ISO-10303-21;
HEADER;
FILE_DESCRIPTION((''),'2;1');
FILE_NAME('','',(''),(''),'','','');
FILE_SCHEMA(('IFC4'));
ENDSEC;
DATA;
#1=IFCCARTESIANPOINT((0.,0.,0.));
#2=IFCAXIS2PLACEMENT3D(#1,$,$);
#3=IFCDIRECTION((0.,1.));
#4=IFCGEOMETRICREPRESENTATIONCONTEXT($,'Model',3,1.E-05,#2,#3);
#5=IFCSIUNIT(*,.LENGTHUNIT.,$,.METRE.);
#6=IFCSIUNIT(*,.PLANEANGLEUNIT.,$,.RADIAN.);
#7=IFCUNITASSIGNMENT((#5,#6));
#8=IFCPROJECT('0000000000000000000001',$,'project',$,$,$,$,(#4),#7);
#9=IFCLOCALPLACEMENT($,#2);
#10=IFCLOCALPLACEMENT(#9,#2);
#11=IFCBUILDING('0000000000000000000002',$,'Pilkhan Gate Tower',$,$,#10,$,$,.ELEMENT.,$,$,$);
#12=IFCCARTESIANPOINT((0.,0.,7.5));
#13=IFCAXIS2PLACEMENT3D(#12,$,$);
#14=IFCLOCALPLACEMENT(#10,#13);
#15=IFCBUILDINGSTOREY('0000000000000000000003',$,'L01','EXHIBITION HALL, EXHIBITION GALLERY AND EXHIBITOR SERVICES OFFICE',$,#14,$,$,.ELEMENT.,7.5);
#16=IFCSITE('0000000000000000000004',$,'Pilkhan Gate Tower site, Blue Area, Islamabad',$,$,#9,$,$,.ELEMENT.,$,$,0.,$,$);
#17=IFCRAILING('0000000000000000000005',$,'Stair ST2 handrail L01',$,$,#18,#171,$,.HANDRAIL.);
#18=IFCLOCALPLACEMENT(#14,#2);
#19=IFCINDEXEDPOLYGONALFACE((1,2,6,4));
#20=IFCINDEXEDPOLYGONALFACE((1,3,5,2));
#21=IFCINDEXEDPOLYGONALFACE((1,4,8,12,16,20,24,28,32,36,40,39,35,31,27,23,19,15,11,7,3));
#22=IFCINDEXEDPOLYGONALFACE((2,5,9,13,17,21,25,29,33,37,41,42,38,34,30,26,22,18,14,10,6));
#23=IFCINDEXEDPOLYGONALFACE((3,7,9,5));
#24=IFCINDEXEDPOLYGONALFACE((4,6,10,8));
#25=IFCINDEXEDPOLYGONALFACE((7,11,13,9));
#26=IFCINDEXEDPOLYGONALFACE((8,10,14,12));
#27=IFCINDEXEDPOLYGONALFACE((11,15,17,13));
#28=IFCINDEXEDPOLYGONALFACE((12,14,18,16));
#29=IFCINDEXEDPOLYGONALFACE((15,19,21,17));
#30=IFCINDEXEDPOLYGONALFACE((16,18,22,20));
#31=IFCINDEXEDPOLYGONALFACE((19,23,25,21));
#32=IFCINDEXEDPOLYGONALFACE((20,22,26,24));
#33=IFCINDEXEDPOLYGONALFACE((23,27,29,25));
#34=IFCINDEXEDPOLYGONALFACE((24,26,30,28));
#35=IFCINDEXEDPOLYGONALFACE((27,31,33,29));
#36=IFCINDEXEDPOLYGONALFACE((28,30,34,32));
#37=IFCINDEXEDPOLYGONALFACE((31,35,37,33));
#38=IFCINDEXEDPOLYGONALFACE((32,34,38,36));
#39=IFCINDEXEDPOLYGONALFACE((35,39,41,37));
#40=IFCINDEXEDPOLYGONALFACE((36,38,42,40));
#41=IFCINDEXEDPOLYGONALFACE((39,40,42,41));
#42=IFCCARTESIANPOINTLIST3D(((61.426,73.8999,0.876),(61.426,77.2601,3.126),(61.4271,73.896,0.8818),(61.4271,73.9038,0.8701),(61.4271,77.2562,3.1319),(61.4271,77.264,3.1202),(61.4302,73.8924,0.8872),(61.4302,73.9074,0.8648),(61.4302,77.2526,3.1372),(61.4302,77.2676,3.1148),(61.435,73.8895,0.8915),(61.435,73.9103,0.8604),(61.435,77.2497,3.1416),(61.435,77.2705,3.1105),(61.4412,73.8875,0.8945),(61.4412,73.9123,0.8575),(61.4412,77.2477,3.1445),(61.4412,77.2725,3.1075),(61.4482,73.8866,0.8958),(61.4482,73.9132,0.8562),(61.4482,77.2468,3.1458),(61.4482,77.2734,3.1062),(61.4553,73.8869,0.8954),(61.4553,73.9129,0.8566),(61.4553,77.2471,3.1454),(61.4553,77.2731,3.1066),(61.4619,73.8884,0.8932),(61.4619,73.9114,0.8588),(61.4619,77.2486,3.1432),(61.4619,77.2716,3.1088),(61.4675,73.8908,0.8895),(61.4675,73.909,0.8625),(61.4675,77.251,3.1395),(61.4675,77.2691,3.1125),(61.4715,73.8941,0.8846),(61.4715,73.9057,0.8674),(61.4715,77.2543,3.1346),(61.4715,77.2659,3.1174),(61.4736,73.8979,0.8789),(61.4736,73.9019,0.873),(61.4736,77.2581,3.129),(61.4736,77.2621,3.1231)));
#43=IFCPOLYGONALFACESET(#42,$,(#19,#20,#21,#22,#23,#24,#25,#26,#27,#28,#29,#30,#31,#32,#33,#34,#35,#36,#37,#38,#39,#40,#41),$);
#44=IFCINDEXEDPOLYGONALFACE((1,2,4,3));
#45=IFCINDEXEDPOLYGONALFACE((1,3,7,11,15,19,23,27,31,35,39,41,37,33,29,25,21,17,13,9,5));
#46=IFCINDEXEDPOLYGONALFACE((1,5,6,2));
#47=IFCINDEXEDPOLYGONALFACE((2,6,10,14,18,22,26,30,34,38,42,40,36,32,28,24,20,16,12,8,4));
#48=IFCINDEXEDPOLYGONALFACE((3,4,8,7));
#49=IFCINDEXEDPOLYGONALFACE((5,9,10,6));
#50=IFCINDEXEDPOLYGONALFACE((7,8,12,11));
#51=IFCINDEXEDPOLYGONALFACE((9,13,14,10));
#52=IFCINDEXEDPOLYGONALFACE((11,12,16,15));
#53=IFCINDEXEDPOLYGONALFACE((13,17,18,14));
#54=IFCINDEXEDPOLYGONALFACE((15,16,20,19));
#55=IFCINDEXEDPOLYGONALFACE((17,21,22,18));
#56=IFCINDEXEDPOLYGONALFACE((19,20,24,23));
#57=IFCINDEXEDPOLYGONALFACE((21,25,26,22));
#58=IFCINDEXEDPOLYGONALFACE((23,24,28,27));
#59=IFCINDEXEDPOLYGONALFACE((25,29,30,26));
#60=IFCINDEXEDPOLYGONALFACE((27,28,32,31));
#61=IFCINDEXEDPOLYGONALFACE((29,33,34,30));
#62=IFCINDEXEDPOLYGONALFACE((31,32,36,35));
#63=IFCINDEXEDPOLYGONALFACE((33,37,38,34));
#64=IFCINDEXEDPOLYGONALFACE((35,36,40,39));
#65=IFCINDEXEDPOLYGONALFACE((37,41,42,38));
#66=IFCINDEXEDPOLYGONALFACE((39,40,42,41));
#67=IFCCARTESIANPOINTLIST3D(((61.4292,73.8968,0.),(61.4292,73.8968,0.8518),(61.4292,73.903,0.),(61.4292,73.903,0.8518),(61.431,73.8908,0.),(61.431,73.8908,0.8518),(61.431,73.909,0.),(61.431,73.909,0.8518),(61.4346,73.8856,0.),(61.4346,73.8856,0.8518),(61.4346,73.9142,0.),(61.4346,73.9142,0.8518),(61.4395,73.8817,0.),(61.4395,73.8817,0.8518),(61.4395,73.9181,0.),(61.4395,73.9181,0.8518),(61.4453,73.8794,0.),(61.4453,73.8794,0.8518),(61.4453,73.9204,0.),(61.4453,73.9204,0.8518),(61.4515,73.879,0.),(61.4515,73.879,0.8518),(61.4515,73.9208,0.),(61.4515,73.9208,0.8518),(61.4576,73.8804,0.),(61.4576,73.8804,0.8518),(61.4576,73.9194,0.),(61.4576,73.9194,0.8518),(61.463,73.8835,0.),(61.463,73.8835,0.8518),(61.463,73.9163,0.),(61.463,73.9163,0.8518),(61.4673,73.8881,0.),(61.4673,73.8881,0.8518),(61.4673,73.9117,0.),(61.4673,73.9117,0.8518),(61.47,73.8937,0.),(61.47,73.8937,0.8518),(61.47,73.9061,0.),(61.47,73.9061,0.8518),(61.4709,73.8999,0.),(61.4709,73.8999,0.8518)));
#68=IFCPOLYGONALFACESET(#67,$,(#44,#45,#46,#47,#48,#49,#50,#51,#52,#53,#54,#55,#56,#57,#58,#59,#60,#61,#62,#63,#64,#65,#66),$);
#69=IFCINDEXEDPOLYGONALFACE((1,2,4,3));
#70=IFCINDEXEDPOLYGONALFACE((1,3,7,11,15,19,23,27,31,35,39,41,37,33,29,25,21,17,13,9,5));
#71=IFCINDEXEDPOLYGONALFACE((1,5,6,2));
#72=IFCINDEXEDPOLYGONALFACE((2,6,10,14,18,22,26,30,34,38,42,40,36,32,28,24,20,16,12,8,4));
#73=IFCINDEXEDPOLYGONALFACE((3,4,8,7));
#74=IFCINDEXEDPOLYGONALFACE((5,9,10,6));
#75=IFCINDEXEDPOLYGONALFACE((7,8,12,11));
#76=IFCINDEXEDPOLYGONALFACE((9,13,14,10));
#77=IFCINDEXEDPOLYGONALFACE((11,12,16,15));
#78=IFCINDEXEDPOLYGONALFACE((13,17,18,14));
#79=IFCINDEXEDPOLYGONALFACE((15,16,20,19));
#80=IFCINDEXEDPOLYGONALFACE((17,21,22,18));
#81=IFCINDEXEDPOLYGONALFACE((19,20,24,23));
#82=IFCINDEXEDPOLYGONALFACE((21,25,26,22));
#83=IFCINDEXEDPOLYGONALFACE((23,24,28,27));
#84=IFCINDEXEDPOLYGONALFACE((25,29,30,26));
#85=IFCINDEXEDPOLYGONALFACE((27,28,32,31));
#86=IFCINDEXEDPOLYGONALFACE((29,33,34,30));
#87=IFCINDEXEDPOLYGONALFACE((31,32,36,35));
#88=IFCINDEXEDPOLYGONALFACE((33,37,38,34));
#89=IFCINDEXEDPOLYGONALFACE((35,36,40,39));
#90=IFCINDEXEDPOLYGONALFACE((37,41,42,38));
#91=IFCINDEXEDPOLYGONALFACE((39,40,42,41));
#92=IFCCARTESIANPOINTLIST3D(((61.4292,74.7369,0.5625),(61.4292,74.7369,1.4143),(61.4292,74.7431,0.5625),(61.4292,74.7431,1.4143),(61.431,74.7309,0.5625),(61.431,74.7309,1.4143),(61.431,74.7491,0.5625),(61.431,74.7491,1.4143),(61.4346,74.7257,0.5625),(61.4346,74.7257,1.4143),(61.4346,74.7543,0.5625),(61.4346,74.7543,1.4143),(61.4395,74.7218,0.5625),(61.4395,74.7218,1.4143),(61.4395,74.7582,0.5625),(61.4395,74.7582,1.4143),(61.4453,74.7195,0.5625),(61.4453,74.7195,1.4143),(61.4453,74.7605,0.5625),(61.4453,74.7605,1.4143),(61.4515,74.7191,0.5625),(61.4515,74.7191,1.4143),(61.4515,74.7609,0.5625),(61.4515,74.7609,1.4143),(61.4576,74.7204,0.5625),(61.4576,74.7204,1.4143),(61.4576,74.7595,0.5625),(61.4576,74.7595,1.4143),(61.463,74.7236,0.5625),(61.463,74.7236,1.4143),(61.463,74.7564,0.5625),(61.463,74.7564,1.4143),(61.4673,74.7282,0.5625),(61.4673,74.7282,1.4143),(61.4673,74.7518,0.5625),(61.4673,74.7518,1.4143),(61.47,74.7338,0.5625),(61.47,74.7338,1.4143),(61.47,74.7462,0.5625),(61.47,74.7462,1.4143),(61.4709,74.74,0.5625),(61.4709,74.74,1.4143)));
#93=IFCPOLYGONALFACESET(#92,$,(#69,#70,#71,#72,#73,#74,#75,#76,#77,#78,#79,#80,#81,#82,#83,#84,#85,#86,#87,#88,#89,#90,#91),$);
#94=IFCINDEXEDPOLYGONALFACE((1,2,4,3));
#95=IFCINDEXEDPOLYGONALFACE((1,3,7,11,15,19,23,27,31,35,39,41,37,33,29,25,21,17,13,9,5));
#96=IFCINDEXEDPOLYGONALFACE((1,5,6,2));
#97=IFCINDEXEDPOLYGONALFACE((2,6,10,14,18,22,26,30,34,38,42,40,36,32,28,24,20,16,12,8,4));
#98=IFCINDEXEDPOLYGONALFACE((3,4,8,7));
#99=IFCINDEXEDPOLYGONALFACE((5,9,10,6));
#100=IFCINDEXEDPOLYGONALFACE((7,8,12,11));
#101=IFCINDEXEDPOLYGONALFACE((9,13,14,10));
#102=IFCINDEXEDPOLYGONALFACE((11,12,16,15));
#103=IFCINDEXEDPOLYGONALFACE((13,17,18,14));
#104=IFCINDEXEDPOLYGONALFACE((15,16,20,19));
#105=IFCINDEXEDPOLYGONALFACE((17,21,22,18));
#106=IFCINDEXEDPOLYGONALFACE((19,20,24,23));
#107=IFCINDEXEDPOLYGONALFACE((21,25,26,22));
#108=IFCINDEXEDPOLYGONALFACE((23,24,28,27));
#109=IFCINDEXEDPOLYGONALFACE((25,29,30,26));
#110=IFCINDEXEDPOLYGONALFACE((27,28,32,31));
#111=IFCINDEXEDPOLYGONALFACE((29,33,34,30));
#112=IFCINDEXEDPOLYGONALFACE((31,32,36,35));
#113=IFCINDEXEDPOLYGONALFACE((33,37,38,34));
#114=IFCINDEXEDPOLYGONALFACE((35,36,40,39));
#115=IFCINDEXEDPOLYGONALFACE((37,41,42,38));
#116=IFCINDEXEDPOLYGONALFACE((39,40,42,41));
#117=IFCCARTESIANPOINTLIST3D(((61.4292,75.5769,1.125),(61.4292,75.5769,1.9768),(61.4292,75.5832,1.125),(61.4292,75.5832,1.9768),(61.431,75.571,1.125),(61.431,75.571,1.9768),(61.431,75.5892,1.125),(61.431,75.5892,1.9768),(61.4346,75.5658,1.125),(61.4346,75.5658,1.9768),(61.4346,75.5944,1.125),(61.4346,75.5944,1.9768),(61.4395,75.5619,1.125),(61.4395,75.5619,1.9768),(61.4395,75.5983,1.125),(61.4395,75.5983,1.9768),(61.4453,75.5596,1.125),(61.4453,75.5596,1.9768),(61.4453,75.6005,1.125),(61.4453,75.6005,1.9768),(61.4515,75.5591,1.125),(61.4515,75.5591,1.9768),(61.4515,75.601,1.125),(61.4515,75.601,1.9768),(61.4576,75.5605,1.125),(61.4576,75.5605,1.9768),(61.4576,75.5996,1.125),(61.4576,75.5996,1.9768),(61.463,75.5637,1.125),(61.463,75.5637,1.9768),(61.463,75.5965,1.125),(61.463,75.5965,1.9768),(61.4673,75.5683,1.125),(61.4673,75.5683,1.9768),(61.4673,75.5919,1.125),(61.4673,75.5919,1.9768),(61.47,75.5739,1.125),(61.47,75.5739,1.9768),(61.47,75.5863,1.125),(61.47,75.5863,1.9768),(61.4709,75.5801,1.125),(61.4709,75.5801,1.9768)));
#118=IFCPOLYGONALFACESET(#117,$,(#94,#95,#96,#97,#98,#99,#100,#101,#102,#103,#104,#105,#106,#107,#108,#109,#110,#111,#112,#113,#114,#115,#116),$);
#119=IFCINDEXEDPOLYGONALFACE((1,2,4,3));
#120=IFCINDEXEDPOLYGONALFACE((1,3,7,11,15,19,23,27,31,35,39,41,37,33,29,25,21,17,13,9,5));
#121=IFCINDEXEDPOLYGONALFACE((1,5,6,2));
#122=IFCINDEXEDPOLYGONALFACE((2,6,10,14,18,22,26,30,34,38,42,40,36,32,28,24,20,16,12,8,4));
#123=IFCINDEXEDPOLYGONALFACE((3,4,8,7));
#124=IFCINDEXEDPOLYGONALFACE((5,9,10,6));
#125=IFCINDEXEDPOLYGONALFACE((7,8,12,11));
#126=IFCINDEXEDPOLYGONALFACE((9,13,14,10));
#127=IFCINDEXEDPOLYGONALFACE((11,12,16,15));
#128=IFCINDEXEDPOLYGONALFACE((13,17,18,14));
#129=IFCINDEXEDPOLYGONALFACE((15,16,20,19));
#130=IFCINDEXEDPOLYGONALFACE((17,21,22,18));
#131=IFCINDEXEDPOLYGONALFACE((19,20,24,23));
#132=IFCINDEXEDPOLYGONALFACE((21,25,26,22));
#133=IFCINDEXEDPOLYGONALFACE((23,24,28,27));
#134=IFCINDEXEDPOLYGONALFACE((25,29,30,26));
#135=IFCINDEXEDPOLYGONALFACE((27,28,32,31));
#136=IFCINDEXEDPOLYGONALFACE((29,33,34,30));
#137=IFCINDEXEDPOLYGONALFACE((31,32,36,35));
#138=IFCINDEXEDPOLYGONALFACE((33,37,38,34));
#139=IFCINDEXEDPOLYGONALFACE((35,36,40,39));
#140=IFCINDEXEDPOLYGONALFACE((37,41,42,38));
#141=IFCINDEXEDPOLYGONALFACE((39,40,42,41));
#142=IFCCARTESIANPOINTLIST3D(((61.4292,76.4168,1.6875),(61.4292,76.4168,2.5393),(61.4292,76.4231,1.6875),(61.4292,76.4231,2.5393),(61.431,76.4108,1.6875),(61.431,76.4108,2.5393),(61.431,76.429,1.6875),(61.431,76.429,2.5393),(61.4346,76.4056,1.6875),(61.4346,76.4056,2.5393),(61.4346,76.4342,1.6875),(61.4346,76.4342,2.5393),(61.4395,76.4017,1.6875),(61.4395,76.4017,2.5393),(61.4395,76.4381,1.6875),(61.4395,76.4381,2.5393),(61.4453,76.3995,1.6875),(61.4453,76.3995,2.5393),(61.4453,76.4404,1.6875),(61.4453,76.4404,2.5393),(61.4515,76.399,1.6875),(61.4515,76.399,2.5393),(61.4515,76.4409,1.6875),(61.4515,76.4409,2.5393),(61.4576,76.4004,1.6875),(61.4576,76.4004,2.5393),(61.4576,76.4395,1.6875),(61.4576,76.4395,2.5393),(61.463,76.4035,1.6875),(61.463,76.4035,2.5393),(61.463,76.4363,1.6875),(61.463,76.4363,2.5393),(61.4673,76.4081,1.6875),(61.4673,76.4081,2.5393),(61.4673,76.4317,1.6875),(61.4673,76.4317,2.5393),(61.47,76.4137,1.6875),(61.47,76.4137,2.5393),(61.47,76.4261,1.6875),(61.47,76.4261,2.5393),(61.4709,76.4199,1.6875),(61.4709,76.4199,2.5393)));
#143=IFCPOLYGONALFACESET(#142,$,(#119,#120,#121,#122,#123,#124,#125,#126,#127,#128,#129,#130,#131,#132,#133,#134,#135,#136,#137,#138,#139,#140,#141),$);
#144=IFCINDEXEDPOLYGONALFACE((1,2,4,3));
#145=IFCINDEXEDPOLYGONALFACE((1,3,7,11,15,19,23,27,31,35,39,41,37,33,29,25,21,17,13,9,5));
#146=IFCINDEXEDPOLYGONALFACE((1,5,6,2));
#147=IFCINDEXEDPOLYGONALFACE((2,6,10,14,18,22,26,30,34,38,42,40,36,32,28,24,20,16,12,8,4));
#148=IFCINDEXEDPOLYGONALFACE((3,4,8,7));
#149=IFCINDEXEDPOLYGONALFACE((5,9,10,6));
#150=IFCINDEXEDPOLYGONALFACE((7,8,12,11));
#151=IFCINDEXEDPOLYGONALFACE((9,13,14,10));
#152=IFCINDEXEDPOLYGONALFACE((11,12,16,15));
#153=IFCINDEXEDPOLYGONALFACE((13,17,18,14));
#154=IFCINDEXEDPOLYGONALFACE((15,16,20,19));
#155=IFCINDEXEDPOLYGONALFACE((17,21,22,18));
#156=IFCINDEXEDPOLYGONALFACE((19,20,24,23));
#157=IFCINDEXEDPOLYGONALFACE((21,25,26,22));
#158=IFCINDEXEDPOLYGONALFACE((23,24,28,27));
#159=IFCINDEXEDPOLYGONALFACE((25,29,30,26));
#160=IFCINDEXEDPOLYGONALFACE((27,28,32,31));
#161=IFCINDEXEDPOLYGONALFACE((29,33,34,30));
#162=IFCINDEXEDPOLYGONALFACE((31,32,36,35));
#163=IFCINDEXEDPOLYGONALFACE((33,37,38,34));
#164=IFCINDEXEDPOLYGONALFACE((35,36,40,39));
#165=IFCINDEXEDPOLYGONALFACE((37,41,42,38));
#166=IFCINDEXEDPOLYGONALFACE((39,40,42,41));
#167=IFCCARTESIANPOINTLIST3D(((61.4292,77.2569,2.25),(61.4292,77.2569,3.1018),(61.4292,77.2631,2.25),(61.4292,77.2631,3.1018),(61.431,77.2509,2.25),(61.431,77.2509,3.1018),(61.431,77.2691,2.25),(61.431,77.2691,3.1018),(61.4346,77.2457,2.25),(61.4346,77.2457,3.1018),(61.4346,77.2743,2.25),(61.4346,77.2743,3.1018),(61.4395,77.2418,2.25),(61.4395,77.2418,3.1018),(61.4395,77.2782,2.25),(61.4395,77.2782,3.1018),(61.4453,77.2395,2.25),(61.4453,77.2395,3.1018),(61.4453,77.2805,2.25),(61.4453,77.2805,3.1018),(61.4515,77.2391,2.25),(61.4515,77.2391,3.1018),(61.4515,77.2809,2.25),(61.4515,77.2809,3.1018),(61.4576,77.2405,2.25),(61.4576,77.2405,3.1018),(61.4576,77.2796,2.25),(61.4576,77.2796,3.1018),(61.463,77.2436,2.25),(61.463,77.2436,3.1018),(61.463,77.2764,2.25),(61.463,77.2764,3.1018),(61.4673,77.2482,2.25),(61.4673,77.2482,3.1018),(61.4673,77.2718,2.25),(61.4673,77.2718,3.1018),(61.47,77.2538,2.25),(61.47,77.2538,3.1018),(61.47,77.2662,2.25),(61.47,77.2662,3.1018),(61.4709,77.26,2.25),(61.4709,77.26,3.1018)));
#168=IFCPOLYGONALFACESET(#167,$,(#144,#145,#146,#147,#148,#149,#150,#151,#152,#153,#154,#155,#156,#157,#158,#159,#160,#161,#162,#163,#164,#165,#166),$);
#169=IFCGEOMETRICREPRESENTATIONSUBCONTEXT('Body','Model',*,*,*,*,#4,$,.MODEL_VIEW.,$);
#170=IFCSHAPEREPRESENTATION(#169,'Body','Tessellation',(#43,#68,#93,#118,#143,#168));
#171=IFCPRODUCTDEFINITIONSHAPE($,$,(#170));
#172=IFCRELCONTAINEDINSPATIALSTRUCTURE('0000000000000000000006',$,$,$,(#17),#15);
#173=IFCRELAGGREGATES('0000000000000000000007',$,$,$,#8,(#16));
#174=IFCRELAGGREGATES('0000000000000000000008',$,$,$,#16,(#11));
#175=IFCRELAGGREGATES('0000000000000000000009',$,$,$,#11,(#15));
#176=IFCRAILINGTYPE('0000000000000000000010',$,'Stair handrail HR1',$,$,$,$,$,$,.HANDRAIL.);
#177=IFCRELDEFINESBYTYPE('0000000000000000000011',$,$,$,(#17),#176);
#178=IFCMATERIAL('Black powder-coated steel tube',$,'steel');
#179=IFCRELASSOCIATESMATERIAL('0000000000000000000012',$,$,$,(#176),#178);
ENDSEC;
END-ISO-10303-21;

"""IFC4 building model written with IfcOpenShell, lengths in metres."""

from ifc_helpers import new_model, si_unit, direction, frame, origin, origin_2d, place, context, subcontext, project, spatial, circle, extrude, material, type_object, element, save


model = new_model("IFC4")

# Units and contexts
model_context = context("Model", 3, precision=1e-05, world=origin(), true_north=direction((0.0, 1.0)))
body_context = subcontext(model_context, "Body", "Model", "MODEL_VIEW")
ifc_project = project(units=[si_unit("LENGTHUNIT", "METRE"), si_unit("PLANEANGLEUNIT", "RADIAN")], contexts=[model_context])

# Site, building, storey
site_placement = place(None, origin())
site = spatial("IfcSite", under=ifc_project, at=site_placement, Name="Pilkhan Gate Tower site, Blue Area, Islamabad", CompositionType="ELEMENT", RefElevation=0.0)
building_placement = place(site_placement, origin())
building = spatial("IfcBuilding", under=site, at=building_placement, Name="Pilkhan Gate Tower", CompositionType="ELEMENT")
storey_placement = place(building_placement, frame((0.0, 0.0, 7.5)))
storey = spatial("IfcBuildingStorey", under=building, at=storey_placement, Name="L01", Description="EXHIBITION HALL, EXHIBITION GALLERY AND EXHIBITOR SERVICES OFFICE", CompositionType="ELEMENT", Elevation=7.5)

# Railing
ifc_material_1 = material(Name="Black powder-coated steel tube", Category="steel")
railing_type_1 = type_object("IfcRailingType", Name="Stair handrail HR1", PredefinedType="HANDRAIL", material=ifc_material_1)
for number, where, name in (
    (1, (61.45, 73.8999, 0.0), "Stair ST2 handrail L01"),
):
    element("IfcRailing", number, at=place(storey_placement, frame(where)), inside=storey, type_object=railing_type_1, Name=name, PredefinedType="HANDRAIL", context=body_context, shape_type="SweptSolid", body=[
        extrude(circle(Radius=0.0239, at=origin_2d()), frame((0.0, 0.0, 0.876), z_axis=(0.0, 0.830915, 0.556399), x_axis=(-1.0, 0.0, 0.0)), (0.0, 0.0, 1.0), 4.0439),
        extrude(circle(Radius=0.021, at=origin_2d()), origin(), (0.0, 0.0, 1.0), 0.8518),
        extrude(circle(Radius=0.021, at=origin_2d()), frame((0.0, 0.8401, 0.5625)), (0.0, 0.0, 1.0), 0.8518),
        extrude(circle(Radius=0.021, at=origin_2d()), frame((0.0, 1.6802, 1.125)), (0.0, 0.0, 1.0), 0.8518),
        extrude(circle(Radius=0.021, at=origin_2d()), frame((0.0, 2.52, 1.6875)), (0.0, 0.0, 1.0), 0.8518),
        extrude(circle(Radius=0.021, at=origin_2d()), frame((0.0, 3.3601, 2.25)), (0.0, 0.0, 1.0), 0.8518),
    ])

save(model, "model.ifc")
